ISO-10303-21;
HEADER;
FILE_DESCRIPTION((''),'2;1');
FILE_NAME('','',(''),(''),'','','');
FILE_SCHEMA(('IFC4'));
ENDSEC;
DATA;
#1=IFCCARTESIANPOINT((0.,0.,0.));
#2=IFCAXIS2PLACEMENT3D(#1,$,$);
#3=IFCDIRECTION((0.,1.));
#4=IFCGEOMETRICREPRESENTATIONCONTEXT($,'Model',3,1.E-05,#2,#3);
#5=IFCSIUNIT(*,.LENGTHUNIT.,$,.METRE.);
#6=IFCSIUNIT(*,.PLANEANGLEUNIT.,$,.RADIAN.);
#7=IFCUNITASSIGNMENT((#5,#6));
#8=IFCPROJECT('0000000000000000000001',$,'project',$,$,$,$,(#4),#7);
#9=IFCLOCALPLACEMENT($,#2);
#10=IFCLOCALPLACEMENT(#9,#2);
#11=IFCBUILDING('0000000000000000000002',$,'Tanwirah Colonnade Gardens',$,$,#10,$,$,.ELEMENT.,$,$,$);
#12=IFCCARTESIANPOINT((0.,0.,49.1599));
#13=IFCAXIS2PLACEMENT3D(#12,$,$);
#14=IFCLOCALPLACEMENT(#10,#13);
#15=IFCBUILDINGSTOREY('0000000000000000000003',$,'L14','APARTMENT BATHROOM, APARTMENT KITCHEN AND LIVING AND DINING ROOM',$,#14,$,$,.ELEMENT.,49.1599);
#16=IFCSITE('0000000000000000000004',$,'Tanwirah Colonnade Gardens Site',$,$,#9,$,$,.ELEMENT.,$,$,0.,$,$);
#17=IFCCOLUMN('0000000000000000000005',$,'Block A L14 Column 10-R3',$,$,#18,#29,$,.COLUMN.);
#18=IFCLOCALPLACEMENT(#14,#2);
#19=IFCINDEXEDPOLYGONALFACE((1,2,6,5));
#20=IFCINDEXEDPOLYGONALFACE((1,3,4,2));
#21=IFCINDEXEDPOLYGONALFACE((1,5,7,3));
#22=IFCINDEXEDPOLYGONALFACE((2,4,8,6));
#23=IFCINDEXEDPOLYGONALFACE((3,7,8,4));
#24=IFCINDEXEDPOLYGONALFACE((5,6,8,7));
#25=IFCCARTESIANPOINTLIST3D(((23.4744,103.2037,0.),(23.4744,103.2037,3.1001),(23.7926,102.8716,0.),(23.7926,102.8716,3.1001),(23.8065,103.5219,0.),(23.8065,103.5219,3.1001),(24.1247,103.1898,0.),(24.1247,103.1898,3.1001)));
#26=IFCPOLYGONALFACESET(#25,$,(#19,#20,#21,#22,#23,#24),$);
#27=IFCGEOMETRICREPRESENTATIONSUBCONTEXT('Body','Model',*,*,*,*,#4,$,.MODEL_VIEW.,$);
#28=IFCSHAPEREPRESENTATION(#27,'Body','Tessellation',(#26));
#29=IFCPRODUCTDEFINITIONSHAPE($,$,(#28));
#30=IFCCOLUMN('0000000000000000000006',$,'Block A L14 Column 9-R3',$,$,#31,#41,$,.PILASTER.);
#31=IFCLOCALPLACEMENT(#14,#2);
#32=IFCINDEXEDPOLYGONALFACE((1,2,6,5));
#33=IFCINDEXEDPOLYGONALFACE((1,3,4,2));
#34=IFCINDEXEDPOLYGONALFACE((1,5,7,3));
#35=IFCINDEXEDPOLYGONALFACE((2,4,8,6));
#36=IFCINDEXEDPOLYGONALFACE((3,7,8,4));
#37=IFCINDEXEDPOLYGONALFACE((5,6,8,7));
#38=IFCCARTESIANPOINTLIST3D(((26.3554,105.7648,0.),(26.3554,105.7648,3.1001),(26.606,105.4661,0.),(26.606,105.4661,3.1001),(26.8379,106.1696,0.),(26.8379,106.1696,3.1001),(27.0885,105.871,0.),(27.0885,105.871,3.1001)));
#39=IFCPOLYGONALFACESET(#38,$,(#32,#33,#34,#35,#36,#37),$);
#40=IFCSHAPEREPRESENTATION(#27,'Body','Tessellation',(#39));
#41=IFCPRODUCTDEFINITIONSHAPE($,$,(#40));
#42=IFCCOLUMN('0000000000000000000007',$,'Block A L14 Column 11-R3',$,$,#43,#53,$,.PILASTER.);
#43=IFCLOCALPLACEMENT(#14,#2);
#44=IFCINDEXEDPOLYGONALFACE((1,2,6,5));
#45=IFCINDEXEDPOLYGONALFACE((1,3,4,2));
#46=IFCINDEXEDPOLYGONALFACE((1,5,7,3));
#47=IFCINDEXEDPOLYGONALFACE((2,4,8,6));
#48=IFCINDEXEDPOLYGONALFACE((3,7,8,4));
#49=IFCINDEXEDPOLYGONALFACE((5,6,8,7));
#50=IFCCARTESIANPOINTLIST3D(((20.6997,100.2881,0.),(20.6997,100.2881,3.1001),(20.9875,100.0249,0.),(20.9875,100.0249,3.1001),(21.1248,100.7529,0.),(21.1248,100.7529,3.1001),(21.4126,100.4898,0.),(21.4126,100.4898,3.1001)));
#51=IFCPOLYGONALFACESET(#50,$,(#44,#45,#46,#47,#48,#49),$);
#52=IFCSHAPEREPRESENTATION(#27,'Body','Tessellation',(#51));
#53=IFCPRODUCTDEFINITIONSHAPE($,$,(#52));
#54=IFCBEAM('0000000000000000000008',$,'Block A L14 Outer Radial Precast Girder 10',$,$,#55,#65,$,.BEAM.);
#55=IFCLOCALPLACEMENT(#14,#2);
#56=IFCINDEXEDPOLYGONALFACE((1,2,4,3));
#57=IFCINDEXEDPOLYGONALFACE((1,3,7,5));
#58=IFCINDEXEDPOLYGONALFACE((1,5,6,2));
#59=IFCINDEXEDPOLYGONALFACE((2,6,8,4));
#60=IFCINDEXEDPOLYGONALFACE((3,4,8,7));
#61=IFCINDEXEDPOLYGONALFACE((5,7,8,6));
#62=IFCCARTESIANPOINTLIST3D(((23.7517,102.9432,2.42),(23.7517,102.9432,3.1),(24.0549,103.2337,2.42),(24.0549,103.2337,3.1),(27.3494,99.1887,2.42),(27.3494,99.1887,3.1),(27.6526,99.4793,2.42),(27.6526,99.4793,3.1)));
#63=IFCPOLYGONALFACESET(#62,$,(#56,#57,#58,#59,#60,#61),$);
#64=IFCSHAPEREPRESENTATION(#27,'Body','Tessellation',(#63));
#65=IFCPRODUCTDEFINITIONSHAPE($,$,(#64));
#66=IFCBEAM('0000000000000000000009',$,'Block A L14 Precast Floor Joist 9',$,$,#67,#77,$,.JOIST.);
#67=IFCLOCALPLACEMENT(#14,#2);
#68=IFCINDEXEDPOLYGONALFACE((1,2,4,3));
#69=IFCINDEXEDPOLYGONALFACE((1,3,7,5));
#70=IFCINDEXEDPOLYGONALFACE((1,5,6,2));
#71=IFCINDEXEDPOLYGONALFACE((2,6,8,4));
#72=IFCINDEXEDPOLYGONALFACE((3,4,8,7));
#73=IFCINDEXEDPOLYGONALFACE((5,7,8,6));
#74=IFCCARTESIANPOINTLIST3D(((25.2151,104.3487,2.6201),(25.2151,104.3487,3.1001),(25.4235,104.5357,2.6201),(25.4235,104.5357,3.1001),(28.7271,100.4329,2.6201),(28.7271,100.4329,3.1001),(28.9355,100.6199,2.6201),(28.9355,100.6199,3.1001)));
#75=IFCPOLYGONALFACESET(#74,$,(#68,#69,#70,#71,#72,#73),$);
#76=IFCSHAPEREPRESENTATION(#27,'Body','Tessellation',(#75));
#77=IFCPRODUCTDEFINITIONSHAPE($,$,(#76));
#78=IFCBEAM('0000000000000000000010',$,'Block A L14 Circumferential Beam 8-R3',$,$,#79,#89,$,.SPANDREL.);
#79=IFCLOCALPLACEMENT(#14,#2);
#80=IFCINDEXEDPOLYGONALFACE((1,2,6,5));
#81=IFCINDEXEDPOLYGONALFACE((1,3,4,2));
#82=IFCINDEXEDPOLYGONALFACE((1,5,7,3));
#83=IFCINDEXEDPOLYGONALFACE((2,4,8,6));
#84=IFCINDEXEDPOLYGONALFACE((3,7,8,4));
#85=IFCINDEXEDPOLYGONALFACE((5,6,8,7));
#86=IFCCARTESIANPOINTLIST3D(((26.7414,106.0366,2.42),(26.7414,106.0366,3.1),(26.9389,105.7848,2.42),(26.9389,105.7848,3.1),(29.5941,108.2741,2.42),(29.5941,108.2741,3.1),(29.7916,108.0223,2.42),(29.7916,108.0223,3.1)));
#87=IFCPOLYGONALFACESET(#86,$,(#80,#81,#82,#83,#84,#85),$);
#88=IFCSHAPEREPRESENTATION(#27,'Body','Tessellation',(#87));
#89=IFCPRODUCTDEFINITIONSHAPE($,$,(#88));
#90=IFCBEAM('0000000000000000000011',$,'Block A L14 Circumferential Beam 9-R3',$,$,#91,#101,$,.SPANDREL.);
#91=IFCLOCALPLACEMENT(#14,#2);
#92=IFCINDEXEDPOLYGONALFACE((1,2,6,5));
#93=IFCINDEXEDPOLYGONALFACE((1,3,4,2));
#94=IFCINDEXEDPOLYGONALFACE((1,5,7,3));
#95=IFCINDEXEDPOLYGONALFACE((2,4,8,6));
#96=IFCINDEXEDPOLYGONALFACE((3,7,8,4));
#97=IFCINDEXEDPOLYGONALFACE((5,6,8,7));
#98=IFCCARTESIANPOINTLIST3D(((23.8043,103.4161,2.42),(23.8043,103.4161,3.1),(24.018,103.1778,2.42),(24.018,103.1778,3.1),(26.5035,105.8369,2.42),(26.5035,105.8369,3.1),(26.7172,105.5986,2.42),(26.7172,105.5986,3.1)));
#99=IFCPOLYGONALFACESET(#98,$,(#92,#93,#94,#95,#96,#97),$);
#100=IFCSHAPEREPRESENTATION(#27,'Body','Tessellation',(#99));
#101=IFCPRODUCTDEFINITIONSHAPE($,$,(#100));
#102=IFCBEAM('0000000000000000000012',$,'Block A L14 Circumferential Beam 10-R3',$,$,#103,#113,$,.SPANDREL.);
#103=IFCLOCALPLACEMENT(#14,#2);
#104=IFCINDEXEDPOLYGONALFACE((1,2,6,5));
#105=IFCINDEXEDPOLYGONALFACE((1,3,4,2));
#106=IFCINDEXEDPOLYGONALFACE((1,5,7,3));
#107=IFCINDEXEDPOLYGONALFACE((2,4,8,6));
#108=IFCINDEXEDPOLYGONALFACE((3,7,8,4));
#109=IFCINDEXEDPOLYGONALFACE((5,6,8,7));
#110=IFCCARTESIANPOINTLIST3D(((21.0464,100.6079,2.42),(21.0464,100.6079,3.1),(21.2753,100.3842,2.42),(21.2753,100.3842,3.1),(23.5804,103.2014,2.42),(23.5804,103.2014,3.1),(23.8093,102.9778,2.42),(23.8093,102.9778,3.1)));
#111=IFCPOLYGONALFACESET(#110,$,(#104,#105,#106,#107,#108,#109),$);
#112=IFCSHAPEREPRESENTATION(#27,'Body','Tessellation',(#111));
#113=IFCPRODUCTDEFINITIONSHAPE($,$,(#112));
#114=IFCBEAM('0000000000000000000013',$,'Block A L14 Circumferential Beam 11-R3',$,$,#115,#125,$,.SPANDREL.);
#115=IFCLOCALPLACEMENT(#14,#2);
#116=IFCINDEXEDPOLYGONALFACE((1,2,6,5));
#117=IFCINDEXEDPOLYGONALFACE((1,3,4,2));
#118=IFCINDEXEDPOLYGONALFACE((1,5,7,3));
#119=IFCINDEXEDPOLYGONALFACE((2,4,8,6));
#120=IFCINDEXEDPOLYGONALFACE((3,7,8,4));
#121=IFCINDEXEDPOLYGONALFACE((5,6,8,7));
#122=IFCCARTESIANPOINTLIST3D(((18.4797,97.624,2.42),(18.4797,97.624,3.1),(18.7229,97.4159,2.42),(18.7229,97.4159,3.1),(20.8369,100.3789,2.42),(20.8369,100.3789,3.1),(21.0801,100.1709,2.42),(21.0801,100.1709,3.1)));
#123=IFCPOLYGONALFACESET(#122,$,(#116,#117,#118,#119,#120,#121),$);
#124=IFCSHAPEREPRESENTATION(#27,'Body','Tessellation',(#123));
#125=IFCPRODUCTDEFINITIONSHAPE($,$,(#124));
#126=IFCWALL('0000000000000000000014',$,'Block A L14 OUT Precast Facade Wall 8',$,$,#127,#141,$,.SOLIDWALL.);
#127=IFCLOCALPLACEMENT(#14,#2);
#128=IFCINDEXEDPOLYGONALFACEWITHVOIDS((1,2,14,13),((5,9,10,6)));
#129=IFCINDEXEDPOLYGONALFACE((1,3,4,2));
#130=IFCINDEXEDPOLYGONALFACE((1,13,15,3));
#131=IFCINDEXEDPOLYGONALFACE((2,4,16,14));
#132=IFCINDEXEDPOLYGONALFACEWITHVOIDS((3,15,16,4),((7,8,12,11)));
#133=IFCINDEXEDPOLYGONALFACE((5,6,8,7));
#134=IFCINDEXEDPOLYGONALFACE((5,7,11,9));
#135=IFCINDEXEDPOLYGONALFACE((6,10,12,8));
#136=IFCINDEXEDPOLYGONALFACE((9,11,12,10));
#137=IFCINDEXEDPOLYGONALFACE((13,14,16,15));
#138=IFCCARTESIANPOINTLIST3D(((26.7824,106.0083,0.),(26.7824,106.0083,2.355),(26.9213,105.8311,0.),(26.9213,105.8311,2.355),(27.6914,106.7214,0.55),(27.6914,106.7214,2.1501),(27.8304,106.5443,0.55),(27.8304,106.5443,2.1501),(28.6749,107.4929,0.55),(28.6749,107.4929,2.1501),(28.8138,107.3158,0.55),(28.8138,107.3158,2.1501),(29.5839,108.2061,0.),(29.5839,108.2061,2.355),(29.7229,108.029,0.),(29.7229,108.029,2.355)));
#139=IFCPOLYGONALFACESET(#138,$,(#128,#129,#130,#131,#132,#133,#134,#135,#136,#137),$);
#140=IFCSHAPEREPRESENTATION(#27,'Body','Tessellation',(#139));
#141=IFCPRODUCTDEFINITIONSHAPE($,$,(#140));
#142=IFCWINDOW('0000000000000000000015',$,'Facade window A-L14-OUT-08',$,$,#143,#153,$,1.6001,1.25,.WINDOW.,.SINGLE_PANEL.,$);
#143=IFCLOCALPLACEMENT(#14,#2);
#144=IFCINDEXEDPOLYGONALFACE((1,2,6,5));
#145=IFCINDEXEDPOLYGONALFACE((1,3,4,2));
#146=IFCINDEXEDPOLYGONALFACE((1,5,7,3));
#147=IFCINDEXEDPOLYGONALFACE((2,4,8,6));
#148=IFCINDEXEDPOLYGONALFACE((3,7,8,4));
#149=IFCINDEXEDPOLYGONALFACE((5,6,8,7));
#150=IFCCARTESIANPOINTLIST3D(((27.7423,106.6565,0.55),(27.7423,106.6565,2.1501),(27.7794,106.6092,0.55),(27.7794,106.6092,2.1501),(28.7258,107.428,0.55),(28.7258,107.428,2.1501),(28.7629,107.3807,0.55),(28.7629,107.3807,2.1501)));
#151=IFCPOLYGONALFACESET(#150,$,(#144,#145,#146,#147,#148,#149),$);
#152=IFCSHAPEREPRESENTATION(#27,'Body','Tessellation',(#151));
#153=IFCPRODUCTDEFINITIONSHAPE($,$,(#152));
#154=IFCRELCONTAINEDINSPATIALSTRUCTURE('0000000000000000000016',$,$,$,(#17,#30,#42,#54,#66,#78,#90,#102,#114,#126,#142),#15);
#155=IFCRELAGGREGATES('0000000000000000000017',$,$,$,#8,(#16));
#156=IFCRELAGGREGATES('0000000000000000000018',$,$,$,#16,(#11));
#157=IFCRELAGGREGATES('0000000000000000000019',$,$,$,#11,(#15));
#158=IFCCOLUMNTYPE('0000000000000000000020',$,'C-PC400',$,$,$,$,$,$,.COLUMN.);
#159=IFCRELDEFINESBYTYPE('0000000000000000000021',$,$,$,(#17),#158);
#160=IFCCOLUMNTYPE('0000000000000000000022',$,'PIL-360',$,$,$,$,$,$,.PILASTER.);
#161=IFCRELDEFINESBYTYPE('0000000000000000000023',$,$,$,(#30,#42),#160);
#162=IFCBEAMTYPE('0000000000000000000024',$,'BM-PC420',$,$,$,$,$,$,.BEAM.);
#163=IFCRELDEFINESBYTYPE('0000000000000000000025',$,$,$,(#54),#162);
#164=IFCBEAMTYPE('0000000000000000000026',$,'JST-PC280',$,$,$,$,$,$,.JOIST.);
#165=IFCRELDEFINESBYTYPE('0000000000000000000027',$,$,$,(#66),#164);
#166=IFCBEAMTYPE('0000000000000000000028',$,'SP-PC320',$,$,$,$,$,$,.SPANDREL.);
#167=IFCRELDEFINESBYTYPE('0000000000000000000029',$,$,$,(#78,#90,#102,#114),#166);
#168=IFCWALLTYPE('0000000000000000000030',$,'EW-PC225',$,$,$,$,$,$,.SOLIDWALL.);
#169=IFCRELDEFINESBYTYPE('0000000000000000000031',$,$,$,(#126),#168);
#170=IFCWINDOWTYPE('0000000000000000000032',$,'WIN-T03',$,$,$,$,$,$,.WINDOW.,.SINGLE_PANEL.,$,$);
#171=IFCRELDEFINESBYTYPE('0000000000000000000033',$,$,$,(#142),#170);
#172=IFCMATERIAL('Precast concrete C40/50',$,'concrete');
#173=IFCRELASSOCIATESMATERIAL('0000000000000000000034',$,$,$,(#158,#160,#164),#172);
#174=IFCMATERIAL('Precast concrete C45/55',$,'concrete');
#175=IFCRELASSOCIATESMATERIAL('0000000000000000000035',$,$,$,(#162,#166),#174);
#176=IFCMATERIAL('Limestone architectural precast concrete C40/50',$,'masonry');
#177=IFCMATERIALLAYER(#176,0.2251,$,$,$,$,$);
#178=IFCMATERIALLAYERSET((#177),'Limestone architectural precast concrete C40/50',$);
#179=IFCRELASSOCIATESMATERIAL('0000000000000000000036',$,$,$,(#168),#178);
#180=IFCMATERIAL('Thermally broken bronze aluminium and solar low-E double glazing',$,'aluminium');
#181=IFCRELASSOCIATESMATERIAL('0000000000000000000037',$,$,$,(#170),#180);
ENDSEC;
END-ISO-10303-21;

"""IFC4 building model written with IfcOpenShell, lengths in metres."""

from ifc_helpers import new_model, si_unit, direction, frame, frame_2d, origin, origin_2d, place, context, subcontext, project, spatial, rectangle, extrude, material, layer, layer_set, material_profile, profile_set, type_object, element, fill, save


model = new_model("IFC4")

# Units and contexts
model_context = context("Model", 3, precision=1e-05, world=origin(), true_north=direction((0.0, 1.0)))
body_context = subcontext(model_context, "Body", "Model", "MODEL_VIEW")
ifc_project = project(units=[si_unit("LENGTHUNIT", "METRE"), si_unit("PLANEANGLEUNIT", "RADIAN")], contexts=[model_context])

# Site, building, storey
site_placement = place(None, origin())
site = spatial("IfcSite", under=ifc_project, at=site_placement, Name="Tanwirah Colonnade Gardens Site", CompositionType="ELEMENT", RefElevation=0.0)
building_placement = place(site_placement, origin())
building = spatial("IfcBuilding", under=site, at=building_placement, Name="Tanwirah Colonnade Gardens", CompositionType="ELEMENT")
storey_placement = place(building_placement, frame((0.0, 0.0, 49.1599)))
storey = spatial("IfcBuildingStorey", under=building, at=storey_placement, Name="L14", Description="APARTMENT BATHROOM, APARTMENT KITCHEN AND LIVING AND DINING ROOM", CompositionType="ELEMENT", Elevation=49.1599)

# Columns
ifc_material_1 = material(Name="Precast concrete C40/50", Category="concrete")
ifc_material_profile_1 = material_profile(ifc_material_1, rectangle(XDim=0.46, YDim=0.46, at=origin_2d()), Name="PC-COL 460x460")
ifc_profile_set_1 = profile_set([ifc_material_profile_1], Name="Precast concrete C40/50")
column_type_1 = type_object("IfcColumnType", Name="C-PC400", PredefinedType="COLUMN", material=ifc_profile_set_1)
column_placement = place(storey_placement, frame((23.7996, 103.1968, 0.0), z_axis=(0.0, 0.0, 1.0), x_axis=(-0.691863, 0.722029, 0.0)))
element("IfcColumn", 1, at=column_placement, inside=storey, type_object=column_type_1, Name="Block A L14 Column 10-R3", PredefinedType="COLUMN", context=body_context, shape_type="SweptSolid", body=[
    extrude(rectangle(XDim=0.46, YDim=0.46, at=origin_2d()), origin(), (0.0, 0.0, 1.0), 3.1001),
])
ifc_material_profile_2 = material_profile(ifc_material_1, rectangle(XDim=0.3899, YDim=0.6299, at=origin_2d()), Name="PC-PIL 390x630")
ifc_profile_set_2 = profile_set([ifc_material_profile_2], Name="Precast concrete C40/50")
column_type_2 = type_object("IfcColumnType", Name="PIL-360", PredefinedType="PILASTER", material=ifc_profile_set_2)
for number, where, z_axis, x_axis, name in (
    (2, (26.7219, 105.8179, 0.0), (0.0, 0.0, 1.0), (-0.642788, 0.766044, 0.0), "Block A L14 Column 9-R3"),
    (3, (21.0562, 100.3889, 0.0), (0.0, 0.0, 1.0), (-0.737932, 0.674875, 0.0), "Block A L14 Column 11-R3"),
):
    element("IfcColumn", number, at=place(storey_placement, frame(where, z_axis=z_axis, x_axis=x_axis)), inside=storey, type_object=column_type_2, Name=name, PredefinedType="PILASTER", context=body_context, shape_type="SweptSolid", body=[
        extrude(rectangle(XDim=0.3899, YDim=0.6299, at=origin_2d()), origin(), (0.0, 0.0, 1.0), 3.1001),
    ])

# Beams
ifc_material_2 = material(Name="Precast concrete C45/55", Category="concrete")
ifc_material_profile_3 = material_profile(ifc_material_2, rectangle(XDim=0.4199, YDim=0.6799, at=origin_2d()), Name="PC-BM 420x680")
ifc_profile_set_3 = profile_set([ifc_material_profile_3], Name="Precast concrete C45/55")
beam_type_1 = type_object("IfcBeamType", Name="BM-PC420", PredefinedType="BEAM", material=ifc_profile_set_3)
beam_1_placement = place(storey_placement, frame((27.501, 99.334, 2.76), z_axis=(-0.691875, 0.722018, 0.0), x_axis=(-0.722018, -0.691875, 0.0)))
element("IfcBeam", 4, at=beam_1_placement, inside=storey, type_object=beam_type_1, Name="Block A L14 Outer Radial Precast Girder 10", PredefinedType="BEAM", context=body_context, shape_type="SweptSolid", body=[
    extrude(rectangle(XDim=0.4199, YDim=0.6799, at=origin_2d()), origin(), (0.0, 0.0, 1.0), 5.2),
])
ifc_material_profile_4 = material_profile(ifc_material_1, rectangle(XDim=0.28, YDim=0.48, at=origin_2d()), Name="PC-JST 280x480")
ifc_profile_set_4 = profile_set([ifc_material_profile_4], Name="Precast concrete C40/50")
beam_type_2 = type_object("IfcBeamType", Name="JST-PC280", PredefinedType="JOIST", material=ifc_profile_set_4)
beam_2_placement = place(storey_placement, frame((28.8313, 100.5264, 2.8601), z_axis=(-0.667679, 0.744449, 0.0), x_axis=(-0.744449, -0.667679, 0.0)))
element("IfcBeam", 5, at=beam_2_placement, inside=storey, type_object=beam_type_2, Name="Block A L14 Precast Floor Joist 9", PredefinedType="JOIST", context=body_context, shape_type="SweptSolid", body=[
    extrude(rectangle(XDim=0.28, YDim=0.48, at=origin_2d()), origin(), (0.0, 0.0, 1.0), 5.26),
])
ifc_material_profile_5 = material_profile(ifc_material_2, rectangle(XDim=0.3201, YDim=0.6799, at=origin_2d()), Name="PC-SP 320x680")
ifc_profile_set_5 = profile_set([ifc_material_profile_5], Name="Precast concrete C45/55")
beam_type_3 = type_object("IfcBeamType", Name="SP-PC320", PredefinedType="SPANDREL", material=ifc_profile_set_5)
beam_3_placement = place(storey_placement, frame((29.6929, 108.1482, 2.76), z_axis=(-0.786844, -0.617152, 0.0), x_axis=(0.617152, -0.786844, 0.0)))
element("IfcBeam", 6, at=beam_3_placement, inside=storey, type_object=beam_type_3, Name="Block A L14 Circumferential Beam 8-R3", PredefinedType="SPANDREL", context=body_context, shape_type="SweptSolid", body=[
    extrude(rectangle(XDim=0.3201, YDim=0.6799, at=origin_2d()), origin(), (0.0, 0.0, 1.0), 3.6255),
])
beam_4_placement = place(storey_placement, frame((26.6104, 105.7178, 2.76), z_axis=(-0.744445, -0.667684, 0.0), x_axis=(0.667684, -0.744445, 0.0)))
element("IfcBeam", 7, at=beam_4_placement, inside=storey, type_object=beam_type_3, Name="Block A L14 Circumferential Beam 9-R3", PredefinedType="SPANDREL", context=body_context, shape_type="SweptSolid", body=[
    extrude(rectangle(XDim=0.3201, YDim=0.6799, at=origin_2d()), origin(), (0.0, 0.0, 1.0), 3.6257),
])
beam_5_placement = place(storey_placement, frame((23.6948, 103.0896, 2.76), z_axis=(-0.698844, -0.715274, 0.0), x_axis=(0.715274, -0.698844, 0.0)))
element("IfcBeam", 8, at=beam_5_placement, inside=storey, type_object=beam_type_3, Name="Block A L14 Circumferential Beam 10-R3", PredefinedType="SPANDREL", context=body_context, shape_type="SweptSolid", body=[
    extrude(rectangle(XDim=0.3201, YDim=0.6799, at=origin_2d()), origin(), (0.0, 0.0, 1.0), 3.626),
])
beam_6_placement = place(storey_placement, frame((20.9585, 100.2749, 2.76), z_axis=(-0.650131, -0.759822, 0.0), x_axis=(0.759822, -0.650131, 0.0)))
element("IfcBeam", 9, at=beam_6_placement, inside=storey, type_object=beam_type_3, Name="Block A L14 Circumferential Beam 11-R3", PredefinedType="SPANDREL", context=body_context, shape_type="SweptSolid", body=[
    extrude(rectangle(XDim=0.3201, YDim=0.6799, at=origin_2d()), origin(), (0.0, 0.0, 1.0), 3.6257),
])

# Wall, opening, window
ifc_material_3 = material(Name="Limestone architectural precast concrete C40/50", Category="masonry")
ifc_layer = layer(ifc_material_3, 0.2251)
ifc_layer_set = layer_set([ifc_layer], Name="Limestone architectural precast concrete C40/50")
wall_type = type_object("IfcWallType", Name="EW-PC225", PredefinedType="SOLIDWALL", material=ifc_layer_set)
wall_1_placement = place(storey_placement, frame((29.6533, 108.1174, 0.0), z_axis=(0.0, 0.0, 1.0), x_axis=(-0.786787, -0.617225, 0.0)))
wall_1 = element("IfcWall", 10, at=wall_1_placement, inside=storey, type_object=wall_type, Name="Block A L14 OUT Precast Facade Wall 8", PredefinedType="SOLIDWALL", context=body_context, shape_type="SweptSolid", body=[
    extrude(rectangle(XDim=3.5608, YDim=0.2251, at=frame_2d((1.7803, 0.0))), origin(), (0.0, 0.0, 1.0), 2.355),
])
opening_1_placement = place(wall_1_placement, frame((1.1553, 0.0, 0.55)))
opening_1 = element("IfcOpeningElement", 11, at=opening_1_placement, cuts=wall_1, PredefinedType="OPENING", context=body_context, shape_type="SweptSolid", body=[
    extrude(rectangle(XDim=1.25, YDim=1.6001, at=frame_2d((0.625, 0.8))), frame((0.0, 0.1226, 0.0), z_axis=(0.0, -1.0, 0.0), x_axis=(1.0, 0.0, 0.0)), (0.0, 0.0, 1.0), 0.2451),
])
ifc_material_4 = material(Name="Thermally broken bronze aluminium and solar low-E double glazing", Category="aluminium")
window_type_1 = type_object("IfcWindowType", Name="WIN-T03", PartitioningType="SINGLE_PANEL", PredefinedType="WINDOW", material=ifc_material_4)
window_1_placement = place(opening_1_placement, origin())
window_1 = element("IfcWindow", 12, at=window_1_placement, inside=storey, type_object=window_type_1, Name="Facade window A-L14-OUT-08", OverallHeight=1.6001, OverallWidth=1.25, PartitioningType="SINGLE_PANEL", PredefinedType="WINDOW", context=body_context, shape_type="SweptSolid", body=[
    extrude(rectangle(XDim=1.25, YDim=1.6001, at=frame_2d((0.625, 0.8))), frame((0.0, 0.03, 0.0), z_axis=(0.0, -1.0, 0.0), x_axis=(1.0, 0.0, 0.0)), (0.0, 0.0, 1.0), 0.0601),
])
fill(opening_1, window_1)

save(model, "model.ifc")
